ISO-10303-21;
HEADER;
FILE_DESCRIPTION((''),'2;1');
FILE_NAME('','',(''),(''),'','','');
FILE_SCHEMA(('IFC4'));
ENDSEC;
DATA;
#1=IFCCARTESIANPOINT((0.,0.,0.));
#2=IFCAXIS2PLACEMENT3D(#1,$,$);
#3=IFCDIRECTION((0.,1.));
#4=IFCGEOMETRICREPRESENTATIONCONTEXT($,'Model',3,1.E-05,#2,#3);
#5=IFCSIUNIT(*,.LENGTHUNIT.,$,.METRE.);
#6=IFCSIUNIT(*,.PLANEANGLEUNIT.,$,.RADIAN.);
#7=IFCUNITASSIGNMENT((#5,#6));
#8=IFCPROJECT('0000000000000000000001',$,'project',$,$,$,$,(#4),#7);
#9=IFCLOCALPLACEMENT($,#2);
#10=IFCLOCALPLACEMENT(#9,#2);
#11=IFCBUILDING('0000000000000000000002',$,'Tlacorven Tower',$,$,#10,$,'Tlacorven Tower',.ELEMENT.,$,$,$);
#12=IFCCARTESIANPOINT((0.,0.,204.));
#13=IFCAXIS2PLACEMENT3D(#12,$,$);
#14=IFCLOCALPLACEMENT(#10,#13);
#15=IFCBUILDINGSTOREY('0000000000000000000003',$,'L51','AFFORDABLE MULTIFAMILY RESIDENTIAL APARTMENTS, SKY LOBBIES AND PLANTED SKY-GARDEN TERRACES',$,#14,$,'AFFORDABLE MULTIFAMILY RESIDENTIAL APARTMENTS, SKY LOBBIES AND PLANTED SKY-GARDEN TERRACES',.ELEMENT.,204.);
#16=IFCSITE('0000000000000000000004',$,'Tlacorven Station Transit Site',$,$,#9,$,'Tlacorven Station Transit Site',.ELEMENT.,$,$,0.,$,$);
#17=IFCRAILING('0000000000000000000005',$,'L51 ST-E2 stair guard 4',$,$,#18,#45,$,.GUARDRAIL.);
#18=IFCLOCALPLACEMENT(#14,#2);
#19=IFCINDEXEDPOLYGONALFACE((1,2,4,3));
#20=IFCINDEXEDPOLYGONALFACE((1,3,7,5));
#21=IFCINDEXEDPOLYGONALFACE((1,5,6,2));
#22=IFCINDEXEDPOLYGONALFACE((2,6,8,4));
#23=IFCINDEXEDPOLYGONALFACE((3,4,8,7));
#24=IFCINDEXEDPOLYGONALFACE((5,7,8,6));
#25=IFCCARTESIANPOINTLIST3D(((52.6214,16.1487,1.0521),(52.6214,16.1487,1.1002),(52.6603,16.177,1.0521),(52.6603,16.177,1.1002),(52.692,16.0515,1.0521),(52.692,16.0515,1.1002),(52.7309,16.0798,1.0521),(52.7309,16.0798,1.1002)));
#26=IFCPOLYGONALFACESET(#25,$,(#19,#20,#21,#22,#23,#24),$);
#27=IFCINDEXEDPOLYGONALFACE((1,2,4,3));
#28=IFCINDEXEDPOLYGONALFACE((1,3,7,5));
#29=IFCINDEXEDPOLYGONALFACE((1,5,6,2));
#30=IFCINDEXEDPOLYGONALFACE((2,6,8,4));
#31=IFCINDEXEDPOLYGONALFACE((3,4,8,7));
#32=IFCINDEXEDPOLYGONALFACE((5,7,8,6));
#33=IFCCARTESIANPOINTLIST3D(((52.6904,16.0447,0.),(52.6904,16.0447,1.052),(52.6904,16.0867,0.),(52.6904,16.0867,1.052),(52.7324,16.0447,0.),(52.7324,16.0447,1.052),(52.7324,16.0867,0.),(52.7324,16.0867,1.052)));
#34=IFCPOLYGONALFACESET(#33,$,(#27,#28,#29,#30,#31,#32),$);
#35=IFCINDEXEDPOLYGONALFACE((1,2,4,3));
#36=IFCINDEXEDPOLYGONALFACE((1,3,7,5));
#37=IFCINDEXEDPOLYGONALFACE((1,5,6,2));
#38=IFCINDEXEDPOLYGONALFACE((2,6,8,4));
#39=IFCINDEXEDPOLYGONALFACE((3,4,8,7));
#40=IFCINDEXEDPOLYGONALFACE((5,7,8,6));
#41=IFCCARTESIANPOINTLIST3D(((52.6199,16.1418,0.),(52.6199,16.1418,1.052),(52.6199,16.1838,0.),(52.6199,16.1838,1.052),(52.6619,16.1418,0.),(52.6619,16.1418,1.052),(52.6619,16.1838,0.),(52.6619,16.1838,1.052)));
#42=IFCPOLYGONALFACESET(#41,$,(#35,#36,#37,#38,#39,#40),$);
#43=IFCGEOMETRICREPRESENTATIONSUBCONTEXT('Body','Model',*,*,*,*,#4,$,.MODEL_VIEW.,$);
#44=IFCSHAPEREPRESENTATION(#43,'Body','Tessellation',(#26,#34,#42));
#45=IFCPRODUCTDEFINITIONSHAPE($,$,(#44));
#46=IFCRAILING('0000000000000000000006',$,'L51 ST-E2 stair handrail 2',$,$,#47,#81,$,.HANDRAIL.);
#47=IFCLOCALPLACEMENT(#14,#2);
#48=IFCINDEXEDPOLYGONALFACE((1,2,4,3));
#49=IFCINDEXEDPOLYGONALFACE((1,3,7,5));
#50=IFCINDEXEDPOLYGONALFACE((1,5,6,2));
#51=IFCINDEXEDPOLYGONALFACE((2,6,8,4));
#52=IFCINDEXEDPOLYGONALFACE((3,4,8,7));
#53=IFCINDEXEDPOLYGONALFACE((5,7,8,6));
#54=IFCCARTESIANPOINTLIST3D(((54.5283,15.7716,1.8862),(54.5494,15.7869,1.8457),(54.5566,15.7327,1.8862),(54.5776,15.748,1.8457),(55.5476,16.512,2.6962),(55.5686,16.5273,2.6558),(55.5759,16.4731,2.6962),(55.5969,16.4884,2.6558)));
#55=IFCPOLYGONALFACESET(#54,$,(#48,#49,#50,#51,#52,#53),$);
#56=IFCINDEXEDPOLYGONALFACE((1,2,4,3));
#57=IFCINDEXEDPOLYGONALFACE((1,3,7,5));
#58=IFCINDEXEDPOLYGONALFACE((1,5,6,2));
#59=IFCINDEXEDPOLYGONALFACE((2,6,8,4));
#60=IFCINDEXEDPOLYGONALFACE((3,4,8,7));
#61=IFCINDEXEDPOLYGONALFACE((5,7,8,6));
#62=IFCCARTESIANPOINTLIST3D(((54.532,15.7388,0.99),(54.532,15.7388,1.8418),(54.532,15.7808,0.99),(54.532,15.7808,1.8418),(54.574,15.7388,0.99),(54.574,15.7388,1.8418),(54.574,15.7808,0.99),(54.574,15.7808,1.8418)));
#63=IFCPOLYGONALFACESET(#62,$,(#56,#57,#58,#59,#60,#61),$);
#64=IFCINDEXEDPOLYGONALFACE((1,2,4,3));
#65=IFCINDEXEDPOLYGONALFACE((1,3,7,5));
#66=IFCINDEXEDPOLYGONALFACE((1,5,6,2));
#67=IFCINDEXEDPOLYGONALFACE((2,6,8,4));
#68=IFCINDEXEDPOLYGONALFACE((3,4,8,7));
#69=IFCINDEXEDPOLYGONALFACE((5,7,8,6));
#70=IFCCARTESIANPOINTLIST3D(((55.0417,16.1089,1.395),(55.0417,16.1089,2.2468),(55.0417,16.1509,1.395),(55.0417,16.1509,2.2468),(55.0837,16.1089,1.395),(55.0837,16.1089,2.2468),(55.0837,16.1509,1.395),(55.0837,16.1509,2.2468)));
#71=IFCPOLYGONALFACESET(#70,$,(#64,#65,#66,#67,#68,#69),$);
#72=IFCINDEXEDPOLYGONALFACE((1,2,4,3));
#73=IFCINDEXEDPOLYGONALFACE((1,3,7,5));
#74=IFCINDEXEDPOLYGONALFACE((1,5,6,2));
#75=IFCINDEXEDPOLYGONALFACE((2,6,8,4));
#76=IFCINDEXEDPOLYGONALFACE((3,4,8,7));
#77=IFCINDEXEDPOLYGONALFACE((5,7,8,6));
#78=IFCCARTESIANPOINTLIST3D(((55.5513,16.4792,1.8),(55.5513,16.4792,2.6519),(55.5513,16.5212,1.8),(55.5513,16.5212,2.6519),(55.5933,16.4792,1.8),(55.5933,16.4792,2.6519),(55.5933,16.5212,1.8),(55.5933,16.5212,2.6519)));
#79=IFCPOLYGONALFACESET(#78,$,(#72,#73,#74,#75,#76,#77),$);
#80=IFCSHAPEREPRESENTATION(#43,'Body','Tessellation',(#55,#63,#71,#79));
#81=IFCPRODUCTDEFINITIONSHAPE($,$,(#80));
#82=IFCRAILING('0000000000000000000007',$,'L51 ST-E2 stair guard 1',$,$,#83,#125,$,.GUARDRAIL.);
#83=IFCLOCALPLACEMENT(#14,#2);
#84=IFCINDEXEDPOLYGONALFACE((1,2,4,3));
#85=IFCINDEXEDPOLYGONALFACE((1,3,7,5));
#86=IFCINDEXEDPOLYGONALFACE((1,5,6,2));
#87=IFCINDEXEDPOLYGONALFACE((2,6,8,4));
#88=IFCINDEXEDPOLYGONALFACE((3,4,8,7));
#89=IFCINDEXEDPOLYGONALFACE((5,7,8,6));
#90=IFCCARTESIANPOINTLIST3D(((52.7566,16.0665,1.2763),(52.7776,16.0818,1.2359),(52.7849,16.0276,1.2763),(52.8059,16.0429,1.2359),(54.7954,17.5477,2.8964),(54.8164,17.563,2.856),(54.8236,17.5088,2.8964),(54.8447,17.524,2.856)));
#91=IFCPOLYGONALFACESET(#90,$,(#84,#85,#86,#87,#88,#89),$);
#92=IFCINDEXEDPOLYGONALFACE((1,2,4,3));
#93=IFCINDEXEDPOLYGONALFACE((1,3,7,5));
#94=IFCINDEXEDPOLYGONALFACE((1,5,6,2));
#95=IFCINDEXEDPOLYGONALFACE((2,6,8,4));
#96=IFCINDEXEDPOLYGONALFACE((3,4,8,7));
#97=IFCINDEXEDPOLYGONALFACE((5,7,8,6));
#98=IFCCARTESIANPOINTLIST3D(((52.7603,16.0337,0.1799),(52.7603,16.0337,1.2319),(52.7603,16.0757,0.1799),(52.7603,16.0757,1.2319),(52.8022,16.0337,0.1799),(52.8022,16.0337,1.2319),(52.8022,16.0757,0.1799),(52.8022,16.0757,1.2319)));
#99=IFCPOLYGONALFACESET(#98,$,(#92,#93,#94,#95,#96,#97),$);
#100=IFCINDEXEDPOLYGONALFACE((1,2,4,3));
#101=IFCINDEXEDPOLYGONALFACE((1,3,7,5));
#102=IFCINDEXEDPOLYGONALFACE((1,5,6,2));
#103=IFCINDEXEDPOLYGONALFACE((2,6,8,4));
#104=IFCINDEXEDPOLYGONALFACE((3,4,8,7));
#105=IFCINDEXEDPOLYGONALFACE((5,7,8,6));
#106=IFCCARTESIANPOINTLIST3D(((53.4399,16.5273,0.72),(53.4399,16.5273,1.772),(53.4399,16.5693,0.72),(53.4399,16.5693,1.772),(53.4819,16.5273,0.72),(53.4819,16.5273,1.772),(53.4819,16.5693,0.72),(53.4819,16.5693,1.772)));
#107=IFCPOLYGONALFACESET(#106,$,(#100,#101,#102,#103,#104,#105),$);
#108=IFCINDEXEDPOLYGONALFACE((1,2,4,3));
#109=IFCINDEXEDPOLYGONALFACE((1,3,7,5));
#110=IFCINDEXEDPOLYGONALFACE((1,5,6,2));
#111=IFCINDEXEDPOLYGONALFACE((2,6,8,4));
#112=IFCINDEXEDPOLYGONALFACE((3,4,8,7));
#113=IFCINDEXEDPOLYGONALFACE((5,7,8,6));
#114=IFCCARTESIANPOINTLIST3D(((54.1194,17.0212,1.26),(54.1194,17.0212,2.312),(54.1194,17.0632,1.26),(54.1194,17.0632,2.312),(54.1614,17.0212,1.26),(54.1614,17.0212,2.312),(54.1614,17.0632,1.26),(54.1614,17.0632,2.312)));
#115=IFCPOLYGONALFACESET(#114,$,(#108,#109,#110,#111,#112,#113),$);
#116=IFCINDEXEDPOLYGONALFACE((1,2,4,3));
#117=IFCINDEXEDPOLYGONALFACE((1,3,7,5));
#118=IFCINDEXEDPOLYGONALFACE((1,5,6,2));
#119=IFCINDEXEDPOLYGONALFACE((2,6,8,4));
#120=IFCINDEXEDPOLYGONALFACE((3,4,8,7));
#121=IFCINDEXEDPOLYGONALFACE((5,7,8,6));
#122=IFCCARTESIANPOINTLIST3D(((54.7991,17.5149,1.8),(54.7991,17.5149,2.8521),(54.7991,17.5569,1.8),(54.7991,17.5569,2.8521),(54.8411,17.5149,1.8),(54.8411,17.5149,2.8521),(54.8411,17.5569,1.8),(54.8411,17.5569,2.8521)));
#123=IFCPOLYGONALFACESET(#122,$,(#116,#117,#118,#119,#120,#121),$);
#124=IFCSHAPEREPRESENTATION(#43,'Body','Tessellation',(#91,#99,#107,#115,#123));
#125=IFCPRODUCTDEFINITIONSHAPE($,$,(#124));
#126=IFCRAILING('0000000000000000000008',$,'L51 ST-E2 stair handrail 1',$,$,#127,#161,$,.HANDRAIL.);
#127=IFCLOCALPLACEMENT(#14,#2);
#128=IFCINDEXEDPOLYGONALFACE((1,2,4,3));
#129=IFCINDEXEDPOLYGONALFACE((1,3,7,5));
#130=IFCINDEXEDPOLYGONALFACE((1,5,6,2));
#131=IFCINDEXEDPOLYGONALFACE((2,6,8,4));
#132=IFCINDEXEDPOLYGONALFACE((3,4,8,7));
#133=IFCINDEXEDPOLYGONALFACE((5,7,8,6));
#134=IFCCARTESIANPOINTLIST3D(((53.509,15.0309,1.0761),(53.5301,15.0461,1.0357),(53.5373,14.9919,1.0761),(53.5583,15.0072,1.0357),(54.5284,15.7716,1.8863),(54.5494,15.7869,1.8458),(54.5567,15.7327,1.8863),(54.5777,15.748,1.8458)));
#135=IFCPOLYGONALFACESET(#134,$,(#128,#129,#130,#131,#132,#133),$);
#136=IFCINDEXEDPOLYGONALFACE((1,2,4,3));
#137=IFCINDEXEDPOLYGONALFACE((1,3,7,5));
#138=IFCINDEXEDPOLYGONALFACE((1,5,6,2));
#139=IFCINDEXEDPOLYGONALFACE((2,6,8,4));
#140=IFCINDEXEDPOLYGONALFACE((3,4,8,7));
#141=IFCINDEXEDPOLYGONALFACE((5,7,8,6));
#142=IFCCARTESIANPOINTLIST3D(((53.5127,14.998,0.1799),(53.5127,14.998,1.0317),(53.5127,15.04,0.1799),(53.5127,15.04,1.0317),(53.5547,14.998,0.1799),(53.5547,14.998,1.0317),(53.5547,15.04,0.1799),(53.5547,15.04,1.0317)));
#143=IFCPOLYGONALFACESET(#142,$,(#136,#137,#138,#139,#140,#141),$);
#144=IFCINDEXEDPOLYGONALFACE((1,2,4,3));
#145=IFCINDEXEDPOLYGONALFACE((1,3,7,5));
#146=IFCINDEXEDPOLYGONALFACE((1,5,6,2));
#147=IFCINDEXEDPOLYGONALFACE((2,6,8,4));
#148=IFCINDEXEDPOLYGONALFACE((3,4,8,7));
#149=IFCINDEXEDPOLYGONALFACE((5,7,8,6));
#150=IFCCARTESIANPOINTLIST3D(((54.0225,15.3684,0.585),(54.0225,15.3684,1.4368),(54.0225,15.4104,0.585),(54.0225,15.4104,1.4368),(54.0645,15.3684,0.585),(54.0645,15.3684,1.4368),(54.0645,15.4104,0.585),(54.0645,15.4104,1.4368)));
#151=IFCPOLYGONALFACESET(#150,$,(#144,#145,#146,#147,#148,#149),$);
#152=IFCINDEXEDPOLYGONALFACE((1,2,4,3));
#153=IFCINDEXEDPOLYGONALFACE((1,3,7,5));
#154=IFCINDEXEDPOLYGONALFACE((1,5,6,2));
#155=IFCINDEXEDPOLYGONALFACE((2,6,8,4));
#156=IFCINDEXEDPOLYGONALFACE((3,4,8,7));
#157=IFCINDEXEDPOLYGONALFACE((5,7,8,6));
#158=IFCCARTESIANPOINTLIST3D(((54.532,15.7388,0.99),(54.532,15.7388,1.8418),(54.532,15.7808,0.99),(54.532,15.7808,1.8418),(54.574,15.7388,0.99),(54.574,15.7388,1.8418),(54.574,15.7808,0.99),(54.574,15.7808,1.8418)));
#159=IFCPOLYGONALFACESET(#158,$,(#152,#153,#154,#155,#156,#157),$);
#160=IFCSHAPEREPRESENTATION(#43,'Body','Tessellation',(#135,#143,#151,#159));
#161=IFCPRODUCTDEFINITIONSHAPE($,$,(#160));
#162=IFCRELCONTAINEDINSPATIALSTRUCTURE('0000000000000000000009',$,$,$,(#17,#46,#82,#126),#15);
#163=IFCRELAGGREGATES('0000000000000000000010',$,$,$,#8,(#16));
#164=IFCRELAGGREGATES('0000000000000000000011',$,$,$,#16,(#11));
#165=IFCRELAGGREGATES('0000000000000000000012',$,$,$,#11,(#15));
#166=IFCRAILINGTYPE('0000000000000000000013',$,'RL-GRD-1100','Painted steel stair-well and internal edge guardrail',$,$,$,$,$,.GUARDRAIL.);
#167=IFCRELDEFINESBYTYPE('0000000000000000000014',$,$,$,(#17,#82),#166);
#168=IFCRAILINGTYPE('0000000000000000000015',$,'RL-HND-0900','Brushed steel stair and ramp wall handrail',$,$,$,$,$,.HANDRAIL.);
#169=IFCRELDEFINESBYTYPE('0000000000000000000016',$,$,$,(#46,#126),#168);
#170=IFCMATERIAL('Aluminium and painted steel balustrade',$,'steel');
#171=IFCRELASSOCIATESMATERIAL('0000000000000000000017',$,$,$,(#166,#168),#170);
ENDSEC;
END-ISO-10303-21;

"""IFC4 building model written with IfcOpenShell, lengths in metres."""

from ifc_helpers import new_model, si_unit, direction, frame, origin, origin_2d, place, context, subcontext, project, spatial, rectangle, extrude, source, transform, mapped, material, type_object, element, save


model = new_model("IFC4")

# Units and contexts
model_context = context("Model", 3, precision=1e-05, world=origin(), true_north=direction((0.0, 1.0)))
body_context = subcontext(model_context, "Body", "Model", "MODEL_VIEW")
ifc_project = project(units=[si_unit("LENGTHUNIT", "METRE"), si_unit("PLANEANGLEUNIT", "RADIAN")], contexts=[model_context])

# Site, building, storey
site_placement = place(None, origin())
site = spatial("IfcSite", under=ifc_project, at=site_placement, Name="Tlacorven Station Transit Site", LongName="Tlacorven Station Transit Site", CompositionType="ELEMENT", RefElevation=0.0)
building_placement = place(site_placement, origin())
building = spatial("IfcBuilding", under=site, at=building_placement, Name="Tlacorven Tower", LongName="Tlacorven Tower", CompositionType="ELEMENT")
storey_placement = place(building_placement, frame((0.0, 0.0, 204.0)))
storey = spatial("IfcBuildingStorey", under=building, at=storey_placement, Name="L51", Description="AFFORDABLE MULTIFAMILY RESIDENTIAL APARTMENTS, SKY LOBBIES AND PLANTED SKY-GARDEN TERRACES", LongName="AFFORDABLE MULTIFAMILY RESIDENTIAL APARTMENTS, SKY LOBBIES AND PLANTED SKY-GARDEN TERRACES", CompositionType="ELEMENT", Elevation=204.0)

# Railings
ifc_material_1 = material(Name="Aluminium and painted steel balustrade", Category="steel")
railing_type_1 = type_object("IfcRailingType", Name="RL-GRD-1100", Description="Painted steel stair-well and internal edge guardrail", PredefinedType="GUARDRAIL", material=ifc_material_1)
shared_shape_1 = source(origin(), body_context, "Body", "SweptSolid", [
    extrude(rectangle(XDim=0.0481, YDim=0.0481, at=origin_2d()), frame((0.0, 0.0, 1.0762), z_axis=(-0.587567, 0.809175, 0.0), x_axis=(-0.809175, -0.587567, 0.0)), (0.0, 0.0, 1.0), 0.1201),
    extrude(rectangle(XDim=0.042, YDim=0.042, at=origin_2d()), origin(), (0.0, 0.0, 1.0), 1.052),
    extrude(rectangle(XDim=0.042, YDim=0.042, at=origin_2d()), frame((-0.0706, 0.0972, 0.0)), (0.0, 0.0, 1.0), 1.052),
])
railing_1_placement = place(storey_placement, frame((52.7114, 16.0657, 0.0)))
element("IfcRailing", 1, at=railing_1_placement, inside=storey, type_object=railing_type_1, Name="L51 ST-E2 stair guard 4", PredefinedType="GUARDRAIL", context=body_context, shape_type="MappedRepresentation", body=[
    mapped(shared_shape_1, transform((0.0, 0.0, 0.0), scale=1.0)),
])
railing_type_2 = type_object("IfcRailingType", Name="RL-HND-0900", Description="Brushed steel stair and ramp wall handrail", PredefinedType="HANDRAIL", material=ifc_material_1)
shared_shape_2 = source(origin(), body_context, "Body", "SweptSolid", [
    extrude(rectangle(XDim=0.0481, YDim=0.0481, at=origin_2d()), frame((0.0, 0.0, 0.876), z_axis=(0.680516, 0.494373, 0.540827), x_axis=(-0.587745, 0.809046, 0.0)), (0.0, 0.0, 1.0), 1.4978),
    extrude(rectangle(XDim=0.042, YDim=0.042, at=origin_2d()), origin(), (0.0, 0.0, 1.0), 0.8518),
    extrude(rectangle(XDim=0.042, YDim=0.042, at=origin_2d()), frame((0.5098, 0.3701, 0.405)), (0.0, 0.0, 1.0), 0.8518),
    extrude(rectangle(XDim=0.042, YDim=0.042, at=origin_2d()), frame((1.0193, 0.7405, 0.8101)), (0.0, 0.0, 1.0), 0.8518),
])
railing_2_placement = place(storey_placement, frame((54.553, 15.7598, 0.99)))
element("IfcRailing", 2, at=railing_2_placement, inside=storey, type_object=railing_type_2, Name="L51 ST-E2 stair handrail 2", PredefinedType="HANDRAIL", context=body_context, shape_type="MappedRepresentation", body=[
    mapped(shared_shape_2, transform((0.0, 0.0, 0.0), scale=1.0)),
])
shared_shape_3 = source(origin(), body_context, "Body", "SweptSolid", [
    extrude(rectangle(XDim=0.0481, YDim=0.0481, at=origin_2d()), frame((0.0, 0.0, 1.0762), z_axis=(0.680532, 0.494407, 0.540775), x_axis=(-0.587763, 0.809033, 0.0)), (0.0, 0.0, 1.0), 2.9958),
    extrude(rectangle(XDim=0.042, YDim=0.042, at=origin_2d()), origin(), (0.0, 0.0, 1.0), 1.052),
    extrude(rectangle(XDim=0.042, YDim=0.042, at=origin_2d()), frame((0.6797, 0.4937, 0.54)), (0.0, 0.0, 1.0), 1.052),
    extrude(rectangle(XDim=0.042, YDim=0.042, at=origin_2d()), frame((1.3591, 0.9875, 1.0801)), (0.0, 0.0, 1.0), 1.052),
    extrude(rectangle(XDim=0.042, YDim=0.042, at=origin_2d()), frame((2.0388, 1.4812, 1.6201)), (0.0, 0.0, 1.0), 1.052),
])
railing_3_placement = place(storey_placement, frame((52.7812, 16.0547, 0.1799)))
element("IfcRailing", 3, at=railing_3_placement, inside=storey, type_object=railing_type_1, Name="L51 ST-E2 stair guard 1", PredefinedType="GUARDRAIL", context=body_context, shape_type="MappedRepresentation", body=[
    mapped(shared_shape_3, transform((0.0, 0.0, 0.0), scale=1.0)),
])
shared_shape_4 = source(origin(), body_context, "Body", "SweptSolid", [
    extrude(rectangle(XDim=0.0481, YDim=0.0481, at=origin_2d()), frame((0.0, 0.0, 0.876), z_axis=(0.680461, 0.494496, 0.540783), x_axis=(-0.587872, 0.808954, 0.0)), (0.0, 0.0, 1.0), 1.498),
    extrude(rectangle(XDim=0.042, YDim=0.042, at=origin_2d()), origin(), (0.0, 0.0, 1.0), 0.8518),
    extrude(rectangle(XDim=0.042, YDim=0.042, at=origin_2d()), frame((0.5098, 0.3704, 0.405)), (0.0, 0.0, 1.0), 0.8518),
    extrude(rectangle(XDim=0.042, YDim=0.042, at=origin_2d()), frame((1.0193, 0.7407, 0.8101)), (0.0, 0.0, 1.0), 0.8518),
])
railing_4_placement = place(storey_placement, frame((53.5337, 15.019, 0.1799)))
element("IfcRailing", 4, at=railing_4_placement, inside=storey, type_object=railing_type_2, Name="L51 ST-E2 stair handrail 1", PredefinedType="HANDRAIL", context=body_context, shape_type="MappedRepresentation", body=[
    mapped(shared_shape_4, transform((0.0, 0.0, 0.0), scale=1.0)),
])

save(model, "model.ifc")
